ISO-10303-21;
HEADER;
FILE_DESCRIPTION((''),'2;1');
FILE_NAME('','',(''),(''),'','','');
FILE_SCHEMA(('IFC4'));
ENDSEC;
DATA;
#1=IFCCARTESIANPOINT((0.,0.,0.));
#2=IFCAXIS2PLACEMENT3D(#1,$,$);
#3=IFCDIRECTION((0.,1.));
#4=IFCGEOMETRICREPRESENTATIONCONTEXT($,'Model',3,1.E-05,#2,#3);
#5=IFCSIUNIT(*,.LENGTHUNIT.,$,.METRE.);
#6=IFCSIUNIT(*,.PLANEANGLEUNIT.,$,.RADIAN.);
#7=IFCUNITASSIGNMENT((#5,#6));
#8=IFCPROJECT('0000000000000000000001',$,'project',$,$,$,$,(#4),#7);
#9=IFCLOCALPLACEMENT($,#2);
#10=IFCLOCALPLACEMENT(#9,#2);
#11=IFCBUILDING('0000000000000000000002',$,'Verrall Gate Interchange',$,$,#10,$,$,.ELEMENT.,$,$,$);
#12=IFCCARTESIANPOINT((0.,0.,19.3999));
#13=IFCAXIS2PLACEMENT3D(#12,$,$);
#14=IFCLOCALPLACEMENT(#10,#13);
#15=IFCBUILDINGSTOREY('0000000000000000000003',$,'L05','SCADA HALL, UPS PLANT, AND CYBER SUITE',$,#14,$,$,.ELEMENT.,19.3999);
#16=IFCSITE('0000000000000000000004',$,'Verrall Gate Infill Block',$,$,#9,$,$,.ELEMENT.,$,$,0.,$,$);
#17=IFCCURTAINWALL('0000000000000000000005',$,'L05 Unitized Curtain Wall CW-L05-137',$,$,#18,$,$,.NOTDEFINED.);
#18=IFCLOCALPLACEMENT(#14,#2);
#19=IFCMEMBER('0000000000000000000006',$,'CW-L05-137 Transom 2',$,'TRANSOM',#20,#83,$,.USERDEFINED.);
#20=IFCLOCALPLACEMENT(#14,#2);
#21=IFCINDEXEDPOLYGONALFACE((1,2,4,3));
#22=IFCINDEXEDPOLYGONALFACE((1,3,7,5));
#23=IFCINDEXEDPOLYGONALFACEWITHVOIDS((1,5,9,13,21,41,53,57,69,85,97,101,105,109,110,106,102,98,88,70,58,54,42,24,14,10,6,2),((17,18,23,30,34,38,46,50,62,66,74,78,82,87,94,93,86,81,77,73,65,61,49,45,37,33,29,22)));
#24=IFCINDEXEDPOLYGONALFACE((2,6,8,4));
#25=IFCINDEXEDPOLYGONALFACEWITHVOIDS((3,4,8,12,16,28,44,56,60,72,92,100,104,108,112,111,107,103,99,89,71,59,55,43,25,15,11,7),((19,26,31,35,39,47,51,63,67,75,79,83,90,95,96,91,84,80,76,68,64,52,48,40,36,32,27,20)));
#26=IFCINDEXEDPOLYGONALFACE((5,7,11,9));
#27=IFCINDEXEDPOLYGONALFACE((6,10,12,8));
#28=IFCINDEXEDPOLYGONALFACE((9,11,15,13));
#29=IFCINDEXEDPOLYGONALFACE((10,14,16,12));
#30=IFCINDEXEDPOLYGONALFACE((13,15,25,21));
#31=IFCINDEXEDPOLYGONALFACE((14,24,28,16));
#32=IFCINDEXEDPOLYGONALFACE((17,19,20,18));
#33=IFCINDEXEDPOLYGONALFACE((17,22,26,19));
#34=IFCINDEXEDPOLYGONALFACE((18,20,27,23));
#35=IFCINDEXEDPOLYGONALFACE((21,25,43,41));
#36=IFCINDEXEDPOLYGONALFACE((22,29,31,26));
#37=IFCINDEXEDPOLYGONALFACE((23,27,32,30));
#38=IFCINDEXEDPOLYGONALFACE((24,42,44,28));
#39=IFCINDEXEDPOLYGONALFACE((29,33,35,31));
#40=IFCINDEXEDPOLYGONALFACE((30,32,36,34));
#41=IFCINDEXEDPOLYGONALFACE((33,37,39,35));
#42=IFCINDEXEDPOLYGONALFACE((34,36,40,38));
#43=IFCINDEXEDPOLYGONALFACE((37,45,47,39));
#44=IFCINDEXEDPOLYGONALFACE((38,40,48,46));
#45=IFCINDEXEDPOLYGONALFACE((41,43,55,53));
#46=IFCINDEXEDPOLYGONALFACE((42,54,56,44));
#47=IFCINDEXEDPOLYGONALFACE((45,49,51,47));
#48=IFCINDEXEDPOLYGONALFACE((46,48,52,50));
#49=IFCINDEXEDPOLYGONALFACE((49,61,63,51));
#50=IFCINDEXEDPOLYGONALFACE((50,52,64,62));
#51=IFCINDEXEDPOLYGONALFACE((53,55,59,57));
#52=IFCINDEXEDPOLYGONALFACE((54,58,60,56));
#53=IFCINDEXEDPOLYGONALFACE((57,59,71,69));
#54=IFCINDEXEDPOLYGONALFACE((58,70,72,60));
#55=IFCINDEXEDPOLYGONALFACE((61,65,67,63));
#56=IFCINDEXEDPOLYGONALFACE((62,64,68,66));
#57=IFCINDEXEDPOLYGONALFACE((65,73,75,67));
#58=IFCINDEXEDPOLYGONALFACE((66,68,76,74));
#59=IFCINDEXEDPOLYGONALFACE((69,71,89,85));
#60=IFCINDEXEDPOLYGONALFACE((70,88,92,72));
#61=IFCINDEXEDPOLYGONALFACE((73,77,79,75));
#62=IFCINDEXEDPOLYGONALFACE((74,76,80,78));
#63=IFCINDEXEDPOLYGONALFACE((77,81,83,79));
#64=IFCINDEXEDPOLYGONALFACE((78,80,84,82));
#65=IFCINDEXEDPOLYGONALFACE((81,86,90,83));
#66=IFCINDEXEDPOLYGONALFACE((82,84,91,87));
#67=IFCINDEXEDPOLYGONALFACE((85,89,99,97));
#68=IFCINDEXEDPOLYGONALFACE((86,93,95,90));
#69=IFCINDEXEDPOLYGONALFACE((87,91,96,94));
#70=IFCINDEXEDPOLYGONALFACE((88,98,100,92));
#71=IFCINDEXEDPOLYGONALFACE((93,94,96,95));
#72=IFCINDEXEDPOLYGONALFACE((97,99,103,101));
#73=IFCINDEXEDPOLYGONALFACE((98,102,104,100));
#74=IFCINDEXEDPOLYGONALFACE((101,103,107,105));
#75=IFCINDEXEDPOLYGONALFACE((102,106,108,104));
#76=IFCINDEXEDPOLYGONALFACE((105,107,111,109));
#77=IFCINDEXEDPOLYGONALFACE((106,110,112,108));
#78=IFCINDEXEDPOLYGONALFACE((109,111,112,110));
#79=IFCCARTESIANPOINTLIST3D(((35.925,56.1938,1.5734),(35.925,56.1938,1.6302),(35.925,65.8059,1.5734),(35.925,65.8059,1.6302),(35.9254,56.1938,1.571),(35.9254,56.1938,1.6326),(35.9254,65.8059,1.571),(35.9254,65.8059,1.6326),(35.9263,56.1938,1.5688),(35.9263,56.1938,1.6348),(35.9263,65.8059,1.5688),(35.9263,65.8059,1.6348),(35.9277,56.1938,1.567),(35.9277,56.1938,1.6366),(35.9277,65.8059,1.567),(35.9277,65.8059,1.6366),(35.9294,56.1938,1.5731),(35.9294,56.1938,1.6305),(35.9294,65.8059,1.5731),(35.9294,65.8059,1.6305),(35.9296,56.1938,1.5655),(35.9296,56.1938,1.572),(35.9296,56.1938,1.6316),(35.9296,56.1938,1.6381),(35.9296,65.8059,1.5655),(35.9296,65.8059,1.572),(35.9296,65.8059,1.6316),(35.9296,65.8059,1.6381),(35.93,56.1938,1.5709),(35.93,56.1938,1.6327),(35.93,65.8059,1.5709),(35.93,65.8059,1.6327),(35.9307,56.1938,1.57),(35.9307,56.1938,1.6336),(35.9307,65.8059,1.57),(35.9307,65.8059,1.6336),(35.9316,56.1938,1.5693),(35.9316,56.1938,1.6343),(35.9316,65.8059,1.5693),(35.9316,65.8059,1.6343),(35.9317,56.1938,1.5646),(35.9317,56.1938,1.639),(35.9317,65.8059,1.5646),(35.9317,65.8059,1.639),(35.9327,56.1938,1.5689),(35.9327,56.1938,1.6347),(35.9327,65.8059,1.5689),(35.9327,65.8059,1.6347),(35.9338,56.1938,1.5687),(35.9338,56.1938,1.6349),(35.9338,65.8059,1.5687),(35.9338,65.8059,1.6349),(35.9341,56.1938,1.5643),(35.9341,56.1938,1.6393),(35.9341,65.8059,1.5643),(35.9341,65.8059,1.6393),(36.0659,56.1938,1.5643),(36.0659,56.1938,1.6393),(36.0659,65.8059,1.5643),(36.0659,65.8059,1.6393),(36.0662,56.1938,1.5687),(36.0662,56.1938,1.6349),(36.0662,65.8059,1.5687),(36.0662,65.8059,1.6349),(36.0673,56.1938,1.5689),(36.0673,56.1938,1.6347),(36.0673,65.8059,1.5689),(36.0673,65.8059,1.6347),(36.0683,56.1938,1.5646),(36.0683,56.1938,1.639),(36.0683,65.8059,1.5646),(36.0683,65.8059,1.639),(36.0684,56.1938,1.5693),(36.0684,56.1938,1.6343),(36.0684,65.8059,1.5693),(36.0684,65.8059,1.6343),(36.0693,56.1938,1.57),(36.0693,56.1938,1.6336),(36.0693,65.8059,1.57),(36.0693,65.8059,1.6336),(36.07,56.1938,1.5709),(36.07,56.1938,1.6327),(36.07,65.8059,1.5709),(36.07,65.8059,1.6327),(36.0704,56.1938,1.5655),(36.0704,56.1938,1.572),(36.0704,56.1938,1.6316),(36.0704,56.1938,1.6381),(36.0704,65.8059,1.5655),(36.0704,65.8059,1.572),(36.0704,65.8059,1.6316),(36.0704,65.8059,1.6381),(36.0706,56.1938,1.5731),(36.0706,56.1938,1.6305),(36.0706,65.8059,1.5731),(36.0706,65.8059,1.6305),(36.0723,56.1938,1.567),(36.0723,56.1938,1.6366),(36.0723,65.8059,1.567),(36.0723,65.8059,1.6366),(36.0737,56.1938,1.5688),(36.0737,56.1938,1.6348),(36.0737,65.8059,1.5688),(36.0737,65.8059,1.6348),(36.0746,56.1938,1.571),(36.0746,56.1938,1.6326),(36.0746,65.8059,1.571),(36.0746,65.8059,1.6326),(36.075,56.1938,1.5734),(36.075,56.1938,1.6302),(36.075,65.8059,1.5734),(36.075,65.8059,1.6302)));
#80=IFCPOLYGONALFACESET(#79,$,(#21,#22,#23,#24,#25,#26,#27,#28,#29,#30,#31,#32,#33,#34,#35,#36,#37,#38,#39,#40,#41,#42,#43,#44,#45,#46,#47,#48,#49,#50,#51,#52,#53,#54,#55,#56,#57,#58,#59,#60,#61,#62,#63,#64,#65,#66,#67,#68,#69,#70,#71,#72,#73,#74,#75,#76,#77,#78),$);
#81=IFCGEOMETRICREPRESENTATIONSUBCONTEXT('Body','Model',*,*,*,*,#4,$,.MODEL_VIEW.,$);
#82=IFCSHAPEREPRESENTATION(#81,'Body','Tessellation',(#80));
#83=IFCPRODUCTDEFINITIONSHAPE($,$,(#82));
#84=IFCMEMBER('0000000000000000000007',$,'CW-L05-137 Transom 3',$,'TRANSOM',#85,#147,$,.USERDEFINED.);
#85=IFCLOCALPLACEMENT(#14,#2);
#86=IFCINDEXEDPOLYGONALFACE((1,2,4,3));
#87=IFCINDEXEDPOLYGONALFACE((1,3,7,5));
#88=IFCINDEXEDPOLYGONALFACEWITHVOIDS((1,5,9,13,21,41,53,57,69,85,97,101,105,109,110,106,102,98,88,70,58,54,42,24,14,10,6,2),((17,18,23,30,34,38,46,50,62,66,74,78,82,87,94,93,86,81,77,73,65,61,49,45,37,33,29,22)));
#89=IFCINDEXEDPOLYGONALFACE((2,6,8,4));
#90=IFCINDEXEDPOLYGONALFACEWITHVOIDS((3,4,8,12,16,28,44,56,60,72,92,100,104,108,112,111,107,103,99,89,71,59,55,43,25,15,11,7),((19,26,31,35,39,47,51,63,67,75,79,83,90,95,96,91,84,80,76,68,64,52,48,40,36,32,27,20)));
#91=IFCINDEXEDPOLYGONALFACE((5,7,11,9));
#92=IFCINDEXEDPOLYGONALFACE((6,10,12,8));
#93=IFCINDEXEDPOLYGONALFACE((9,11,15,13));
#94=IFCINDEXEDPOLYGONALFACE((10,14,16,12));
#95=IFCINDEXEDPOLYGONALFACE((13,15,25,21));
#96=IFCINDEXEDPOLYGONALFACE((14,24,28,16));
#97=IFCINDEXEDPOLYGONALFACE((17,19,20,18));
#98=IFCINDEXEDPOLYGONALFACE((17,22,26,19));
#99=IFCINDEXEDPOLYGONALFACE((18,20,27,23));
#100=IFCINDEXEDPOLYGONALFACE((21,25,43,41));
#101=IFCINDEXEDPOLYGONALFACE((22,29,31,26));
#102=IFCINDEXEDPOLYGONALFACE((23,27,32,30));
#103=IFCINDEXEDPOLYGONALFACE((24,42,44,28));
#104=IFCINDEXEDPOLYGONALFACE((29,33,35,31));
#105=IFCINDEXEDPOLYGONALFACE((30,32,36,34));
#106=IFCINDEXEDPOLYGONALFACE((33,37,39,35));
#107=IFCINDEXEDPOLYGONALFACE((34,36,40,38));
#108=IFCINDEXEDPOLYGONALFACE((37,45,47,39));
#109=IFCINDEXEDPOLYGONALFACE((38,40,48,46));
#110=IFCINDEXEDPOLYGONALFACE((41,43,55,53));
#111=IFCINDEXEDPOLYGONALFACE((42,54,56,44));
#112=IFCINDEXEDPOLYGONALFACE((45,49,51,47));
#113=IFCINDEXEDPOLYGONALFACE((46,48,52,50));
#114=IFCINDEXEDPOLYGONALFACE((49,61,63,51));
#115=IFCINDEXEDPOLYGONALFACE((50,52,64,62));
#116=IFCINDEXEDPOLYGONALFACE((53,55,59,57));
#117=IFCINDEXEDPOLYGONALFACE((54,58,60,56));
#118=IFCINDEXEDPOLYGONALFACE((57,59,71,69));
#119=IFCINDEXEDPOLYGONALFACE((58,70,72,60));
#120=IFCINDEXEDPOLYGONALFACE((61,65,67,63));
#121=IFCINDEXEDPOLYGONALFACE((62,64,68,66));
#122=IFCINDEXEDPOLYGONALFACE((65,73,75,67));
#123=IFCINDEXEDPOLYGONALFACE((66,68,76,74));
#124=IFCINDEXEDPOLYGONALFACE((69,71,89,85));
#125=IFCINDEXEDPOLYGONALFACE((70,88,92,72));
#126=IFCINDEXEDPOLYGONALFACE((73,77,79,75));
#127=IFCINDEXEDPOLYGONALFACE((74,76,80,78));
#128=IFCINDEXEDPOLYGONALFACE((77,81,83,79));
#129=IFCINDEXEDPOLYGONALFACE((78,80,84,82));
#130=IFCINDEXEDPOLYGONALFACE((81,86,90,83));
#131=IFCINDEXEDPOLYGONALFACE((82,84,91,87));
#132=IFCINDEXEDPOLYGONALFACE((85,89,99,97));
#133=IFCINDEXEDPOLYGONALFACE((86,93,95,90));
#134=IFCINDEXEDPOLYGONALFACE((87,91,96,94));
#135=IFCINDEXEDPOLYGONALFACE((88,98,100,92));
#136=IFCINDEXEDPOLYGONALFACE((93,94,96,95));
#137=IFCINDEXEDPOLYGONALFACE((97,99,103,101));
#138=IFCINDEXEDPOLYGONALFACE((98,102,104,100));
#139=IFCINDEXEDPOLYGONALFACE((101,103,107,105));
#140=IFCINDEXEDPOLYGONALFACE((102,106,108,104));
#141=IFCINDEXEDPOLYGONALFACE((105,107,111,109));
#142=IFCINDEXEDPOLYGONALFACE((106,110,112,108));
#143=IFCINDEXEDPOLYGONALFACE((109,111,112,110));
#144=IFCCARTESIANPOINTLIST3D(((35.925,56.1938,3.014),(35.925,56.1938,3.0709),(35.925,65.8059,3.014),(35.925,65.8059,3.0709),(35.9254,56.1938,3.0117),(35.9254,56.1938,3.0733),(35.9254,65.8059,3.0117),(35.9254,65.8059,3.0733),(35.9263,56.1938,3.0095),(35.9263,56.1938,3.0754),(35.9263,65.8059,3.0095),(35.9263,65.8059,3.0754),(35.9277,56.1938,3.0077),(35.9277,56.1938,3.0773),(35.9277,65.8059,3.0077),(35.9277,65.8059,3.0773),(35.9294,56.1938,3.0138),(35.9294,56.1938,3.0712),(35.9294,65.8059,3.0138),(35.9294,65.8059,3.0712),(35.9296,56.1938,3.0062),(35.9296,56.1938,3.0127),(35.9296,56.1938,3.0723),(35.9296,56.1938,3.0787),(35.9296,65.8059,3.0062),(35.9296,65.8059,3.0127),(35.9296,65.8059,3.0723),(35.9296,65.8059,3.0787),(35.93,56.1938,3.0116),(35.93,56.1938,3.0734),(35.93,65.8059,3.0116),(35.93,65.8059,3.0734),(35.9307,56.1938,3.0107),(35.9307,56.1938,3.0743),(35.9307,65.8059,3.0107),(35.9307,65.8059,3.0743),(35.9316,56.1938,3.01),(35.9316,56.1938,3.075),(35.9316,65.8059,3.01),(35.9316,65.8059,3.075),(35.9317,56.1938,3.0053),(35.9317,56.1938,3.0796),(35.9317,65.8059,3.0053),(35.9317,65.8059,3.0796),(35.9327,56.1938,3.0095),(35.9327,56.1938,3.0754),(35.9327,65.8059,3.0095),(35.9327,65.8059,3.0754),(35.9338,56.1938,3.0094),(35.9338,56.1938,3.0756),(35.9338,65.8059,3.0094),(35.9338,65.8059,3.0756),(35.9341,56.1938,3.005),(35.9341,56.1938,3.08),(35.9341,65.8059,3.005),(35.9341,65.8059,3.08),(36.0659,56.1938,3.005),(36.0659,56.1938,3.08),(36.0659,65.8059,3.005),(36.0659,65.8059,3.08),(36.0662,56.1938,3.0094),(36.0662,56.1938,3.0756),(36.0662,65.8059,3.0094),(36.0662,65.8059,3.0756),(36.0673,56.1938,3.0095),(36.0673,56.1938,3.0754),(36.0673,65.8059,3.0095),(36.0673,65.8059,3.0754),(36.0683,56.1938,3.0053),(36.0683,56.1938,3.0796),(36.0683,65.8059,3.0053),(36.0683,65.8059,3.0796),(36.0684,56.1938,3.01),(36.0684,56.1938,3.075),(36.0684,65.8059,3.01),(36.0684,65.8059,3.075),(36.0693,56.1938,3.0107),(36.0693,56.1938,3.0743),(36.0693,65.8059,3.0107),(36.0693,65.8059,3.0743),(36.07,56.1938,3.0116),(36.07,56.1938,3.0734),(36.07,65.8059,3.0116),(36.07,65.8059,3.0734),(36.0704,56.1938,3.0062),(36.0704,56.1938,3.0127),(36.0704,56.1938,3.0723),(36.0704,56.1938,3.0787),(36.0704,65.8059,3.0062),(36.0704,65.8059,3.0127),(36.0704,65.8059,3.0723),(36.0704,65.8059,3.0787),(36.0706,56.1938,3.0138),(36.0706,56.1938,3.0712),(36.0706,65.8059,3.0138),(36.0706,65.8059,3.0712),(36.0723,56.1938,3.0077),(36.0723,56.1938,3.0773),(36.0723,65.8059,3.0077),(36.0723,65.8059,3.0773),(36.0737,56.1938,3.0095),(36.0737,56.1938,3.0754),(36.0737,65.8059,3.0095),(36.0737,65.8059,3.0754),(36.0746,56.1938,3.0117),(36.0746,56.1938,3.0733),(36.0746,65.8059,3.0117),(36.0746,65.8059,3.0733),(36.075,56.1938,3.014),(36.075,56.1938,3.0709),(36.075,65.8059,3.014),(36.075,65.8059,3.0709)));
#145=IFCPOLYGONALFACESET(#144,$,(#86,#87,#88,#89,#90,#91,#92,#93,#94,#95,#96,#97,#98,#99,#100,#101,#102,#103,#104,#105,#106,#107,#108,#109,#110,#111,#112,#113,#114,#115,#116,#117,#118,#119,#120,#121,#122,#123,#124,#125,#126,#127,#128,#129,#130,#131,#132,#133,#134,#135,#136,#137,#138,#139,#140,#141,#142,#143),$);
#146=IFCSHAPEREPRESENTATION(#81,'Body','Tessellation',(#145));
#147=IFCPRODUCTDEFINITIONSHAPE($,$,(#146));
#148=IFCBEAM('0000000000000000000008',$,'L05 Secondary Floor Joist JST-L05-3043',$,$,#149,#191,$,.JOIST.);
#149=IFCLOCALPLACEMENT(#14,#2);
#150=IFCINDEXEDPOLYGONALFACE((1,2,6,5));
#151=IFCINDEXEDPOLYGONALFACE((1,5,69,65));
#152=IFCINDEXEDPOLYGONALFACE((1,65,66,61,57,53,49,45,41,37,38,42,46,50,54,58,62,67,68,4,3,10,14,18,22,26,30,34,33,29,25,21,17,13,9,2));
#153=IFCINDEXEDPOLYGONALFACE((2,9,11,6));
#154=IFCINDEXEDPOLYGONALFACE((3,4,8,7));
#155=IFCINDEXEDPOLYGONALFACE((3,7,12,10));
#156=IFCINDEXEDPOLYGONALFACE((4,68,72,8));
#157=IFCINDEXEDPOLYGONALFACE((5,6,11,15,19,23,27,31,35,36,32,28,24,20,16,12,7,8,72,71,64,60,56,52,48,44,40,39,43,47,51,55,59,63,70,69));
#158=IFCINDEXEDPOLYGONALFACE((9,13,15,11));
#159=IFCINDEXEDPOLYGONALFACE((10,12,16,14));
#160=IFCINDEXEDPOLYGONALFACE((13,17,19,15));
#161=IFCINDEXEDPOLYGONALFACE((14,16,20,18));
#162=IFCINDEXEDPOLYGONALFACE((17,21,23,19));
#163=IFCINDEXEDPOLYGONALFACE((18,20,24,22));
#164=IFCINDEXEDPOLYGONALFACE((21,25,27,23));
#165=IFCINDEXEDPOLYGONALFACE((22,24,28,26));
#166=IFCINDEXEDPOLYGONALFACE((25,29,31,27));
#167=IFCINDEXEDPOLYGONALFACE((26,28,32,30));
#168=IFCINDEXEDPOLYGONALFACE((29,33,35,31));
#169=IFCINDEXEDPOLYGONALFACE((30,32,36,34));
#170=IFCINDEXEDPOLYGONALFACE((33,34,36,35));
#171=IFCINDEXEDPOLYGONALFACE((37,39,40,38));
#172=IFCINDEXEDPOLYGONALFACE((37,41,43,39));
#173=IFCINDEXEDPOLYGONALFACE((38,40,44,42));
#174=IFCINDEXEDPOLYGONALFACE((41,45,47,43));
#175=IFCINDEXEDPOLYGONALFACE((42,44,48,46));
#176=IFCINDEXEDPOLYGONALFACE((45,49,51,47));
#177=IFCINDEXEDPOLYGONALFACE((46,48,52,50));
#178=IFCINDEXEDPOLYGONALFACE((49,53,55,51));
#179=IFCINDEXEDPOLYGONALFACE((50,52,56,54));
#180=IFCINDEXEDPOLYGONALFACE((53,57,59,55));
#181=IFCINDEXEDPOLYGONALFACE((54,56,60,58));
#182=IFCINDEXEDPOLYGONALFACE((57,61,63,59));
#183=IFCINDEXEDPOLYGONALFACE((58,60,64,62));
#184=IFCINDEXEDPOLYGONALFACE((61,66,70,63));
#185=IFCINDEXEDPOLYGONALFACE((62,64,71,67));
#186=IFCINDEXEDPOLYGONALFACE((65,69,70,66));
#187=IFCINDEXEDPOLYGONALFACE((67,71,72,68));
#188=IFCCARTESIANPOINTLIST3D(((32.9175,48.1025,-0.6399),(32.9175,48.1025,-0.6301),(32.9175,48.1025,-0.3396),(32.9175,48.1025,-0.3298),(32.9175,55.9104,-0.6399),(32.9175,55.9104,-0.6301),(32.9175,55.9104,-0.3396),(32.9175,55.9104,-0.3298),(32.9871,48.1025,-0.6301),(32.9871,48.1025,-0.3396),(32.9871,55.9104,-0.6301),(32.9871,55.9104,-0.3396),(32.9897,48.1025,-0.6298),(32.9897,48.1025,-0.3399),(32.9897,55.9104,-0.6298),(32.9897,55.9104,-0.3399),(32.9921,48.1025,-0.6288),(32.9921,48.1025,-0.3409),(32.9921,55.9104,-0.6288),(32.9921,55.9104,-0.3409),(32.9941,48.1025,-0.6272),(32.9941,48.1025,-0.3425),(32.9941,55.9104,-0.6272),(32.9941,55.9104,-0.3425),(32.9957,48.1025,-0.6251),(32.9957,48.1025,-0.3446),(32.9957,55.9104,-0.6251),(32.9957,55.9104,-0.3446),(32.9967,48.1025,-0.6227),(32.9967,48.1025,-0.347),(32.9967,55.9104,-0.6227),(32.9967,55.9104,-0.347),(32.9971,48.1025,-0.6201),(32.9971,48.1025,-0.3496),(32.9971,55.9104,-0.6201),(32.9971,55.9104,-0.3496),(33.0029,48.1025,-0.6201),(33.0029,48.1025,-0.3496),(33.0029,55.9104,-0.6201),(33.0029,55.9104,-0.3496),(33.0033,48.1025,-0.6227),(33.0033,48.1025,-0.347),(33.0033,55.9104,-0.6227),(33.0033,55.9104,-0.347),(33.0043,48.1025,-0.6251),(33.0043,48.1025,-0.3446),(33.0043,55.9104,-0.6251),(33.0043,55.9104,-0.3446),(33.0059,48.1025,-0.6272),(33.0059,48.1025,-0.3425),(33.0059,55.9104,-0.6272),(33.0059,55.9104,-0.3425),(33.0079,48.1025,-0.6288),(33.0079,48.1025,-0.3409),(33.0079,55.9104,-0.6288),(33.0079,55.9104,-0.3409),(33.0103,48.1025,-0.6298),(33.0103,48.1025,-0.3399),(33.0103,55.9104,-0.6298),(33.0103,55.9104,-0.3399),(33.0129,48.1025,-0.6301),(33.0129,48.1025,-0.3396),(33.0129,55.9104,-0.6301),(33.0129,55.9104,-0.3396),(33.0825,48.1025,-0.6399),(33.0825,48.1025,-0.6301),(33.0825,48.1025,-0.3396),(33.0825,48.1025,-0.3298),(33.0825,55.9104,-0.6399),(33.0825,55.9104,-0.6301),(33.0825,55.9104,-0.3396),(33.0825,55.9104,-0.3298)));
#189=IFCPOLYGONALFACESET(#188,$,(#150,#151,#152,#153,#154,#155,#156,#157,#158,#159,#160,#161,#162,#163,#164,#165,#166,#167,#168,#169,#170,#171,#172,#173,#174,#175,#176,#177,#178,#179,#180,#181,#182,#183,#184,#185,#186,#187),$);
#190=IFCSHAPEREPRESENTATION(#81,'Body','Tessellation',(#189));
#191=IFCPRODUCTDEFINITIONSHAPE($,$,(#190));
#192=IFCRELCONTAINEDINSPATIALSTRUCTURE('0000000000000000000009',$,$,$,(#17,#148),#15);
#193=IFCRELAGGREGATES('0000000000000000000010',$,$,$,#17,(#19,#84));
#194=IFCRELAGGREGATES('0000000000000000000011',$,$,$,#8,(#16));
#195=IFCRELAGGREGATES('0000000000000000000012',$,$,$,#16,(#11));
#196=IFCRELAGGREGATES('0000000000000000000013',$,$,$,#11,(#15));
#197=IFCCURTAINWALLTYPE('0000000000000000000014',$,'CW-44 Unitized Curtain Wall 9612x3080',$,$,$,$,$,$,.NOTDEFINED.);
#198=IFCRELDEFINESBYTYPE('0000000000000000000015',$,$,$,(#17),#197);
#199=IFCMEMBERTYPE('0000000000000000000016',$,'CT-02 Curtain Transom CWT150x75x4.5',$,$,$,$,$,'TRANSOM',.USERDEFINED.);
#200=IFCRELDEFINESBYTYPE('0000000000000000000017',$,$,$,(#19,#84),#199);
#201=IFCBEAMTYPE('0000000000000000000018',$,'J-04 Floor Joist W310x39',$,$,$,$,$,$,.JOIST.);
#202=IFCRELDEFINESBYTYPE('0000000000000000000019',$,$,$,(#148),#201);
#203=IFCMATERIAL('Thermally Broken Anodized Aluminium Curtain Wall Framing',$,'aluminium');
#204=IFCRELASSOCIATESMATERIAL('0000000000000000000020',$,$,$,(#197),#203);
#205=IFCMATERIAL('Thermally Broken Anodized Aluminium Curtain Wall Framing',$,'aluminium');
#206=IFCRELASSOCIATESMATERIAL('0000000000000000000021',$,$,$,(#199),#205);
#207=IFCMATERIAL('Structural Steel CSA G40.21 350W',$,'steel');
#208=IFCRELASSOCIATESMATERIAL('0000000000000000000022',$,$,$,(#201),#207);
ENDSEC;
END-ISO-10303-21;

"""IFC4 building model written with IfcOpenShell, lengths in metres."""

from ifc_helpers import new_model, si_unit, direction, frame, origin, origin_2d, place, context, subcontext, project, spatial, hollow_rectangle, i_section, extrude, material, material_profile, profile_set, type_object, element, aggregate, save


model = new_model("IFC4")

# Units and contexts
model_context = context("Model", 3, precision=1e-05, world=origin(), true_north=direction((0.0, 1.0)))
body_context = subcontext(model_context, "Body", "Model", "MODEL_VIEW")
ifc_project = project(units=[si_unit("LENGTHUNIT", "METRE"), si_unit("PLANEANGLEUNIT", "RADIAN")], contexts=[model_context])

# Site, building, storey
site_placement = place(None, origin())
site = spatial("IfcSite", under=ifc_project, at=site_placement, Name="Verrall Gate Infill Block", CompositionType="ELEMENT", RefElevation=0.0)
building_placement = place(site_placement, origin())
building = spatial("IfcBuilding", under=site, at=building_placement, Name="Verrall Gate Interchange", CompositionType="ELEMENT")
storey_placement = place(building_placement, frame((0.0, 0.0, 19.3999)))
storey = spatial("IfcBuildingStorey", under=building, at=storey_placement, Name="L05", Description="SCADA HALL, UPS PLANT, AND CYBER SUITE", CompositionType="ELEMENT", Elevation=19.3999)

# Curtain wall, members
ifc_material_1 = material(Name="Thermally Broken Anodized Aluminium Curtain Wall Framing", Category="aluminium")
curtain_wall_type = type_object("IfcCurtainWallType", Name="CW-44 Unitized Curtain Wall 9612x3080", PredefinedType="NOTDEFINED", material=ifc_material_1)
curtain_wall_placement = place(storey_placement, origin())
curtain_wall = element("IfcCurtainWall", 1, at=curtain_wall_placement, inside=storey, type_object=curtain_wall_type, Name="L05 Unitized Curtain Wall CW-L05-137", PredefinedType="NOTDEFINED")
ifc_material_2 = material(Name="Thermally Broken Anodized Aluminium Curtain Wall Framing", Category="aluminium")
ifc_material_profile_1 = material_profile(ifc_material_2, hollow_rectangle(XDim=0.1499, YDim=0.075, WallThickness=0.0044, InnerFilletRadius=0.0044, OuterFilletRadius=0.009, at=origin_2d()), Name="CWT150x75x4.5")
ifc_profile_set_1 = profile_set([ifc_material_profile_1], Name="Thermally Broken Anodized Aluminium Curtain Wall Framing")
member_type_1 = type_object("IfcMemberType", Name="CT-02 Curtain Transom CWT150x75x4.5", ElementType="TRANSOM", PredefinedType="USERDEFINED", material=ifc_profile_set_1)
member_1_placement = place(storey_placement, frame((36.0, 56.1938, 1.6018), z_axis=(0.0, 1.0, 0.0), x_axis=(-1.0, 0.0, 0.0)))
member_1 = element("IfcMember", 2, at=member_1_placement, type_object=member_type_1, Name="CW-L05-137 Transom 2", ObjectType="TRANSOM", PredefinedType="USERDEFINED", context=body_context, shape_type="SweptSolid", body=[
    extrude(hollow_rectangle(XDim=0.1499, YDim=0.075, WallThickness=0.0044, InnerFilletRadius=0.0044, OuterFilletRadius=0.009, at=origin_2d()), origin(), (0.0, 0.0, 1.0), 9.6121),
])
member_2_placement = place(storey_placement, frame((36.0, 56.1938, 3.0425), z_axis=(0.0, 1.0, 0.0), x_axis=(-1.0, 0.0, 0.0)))
member_2 = element("IfcMember", 3, at=member_2_placement, type_object=member_type_1, Name="CW-L05-137 Transom 3", ObjectType="TRANSOM", PredefinedType="USERDEFINED", context=body_context, shape_type="SweptSolid", body=[
    extrude(hollow_rectangle(XDim=0.1499, YDim=0.075, WallThickness=0.0044, InnerFilletRadius=0.0044, OuterFilletRadius=0.009, at=origin_2d()), origin(), (0.0, 0.0, 1.0), 9.6121),
])

# Beam
ifc_material_3 = material(Name="Structural Steel CSA G40.21 350W", Category="steel")
ifc_material_profile_2 = material_profile(ifc_material_3, i_section(OverallWidth=0.165, OverallDepth=0.3101, WebThickness=0.0059, FlangeThickness=0.0098, FilletRadius=0.01, at=origin_2d()), Name="W310x39")
ifc_profile_set_2 = profile_set([ifc_material_profile_2], Name="Structural Steel CSA G40.21 350W")
beam_type_1 = type_object("IfcBeamType", Name="J-04 Floor Joist W310x39", PredefinedType="JOIST", material=ifc_profile_set_2)
beam_1_placement = place(storey_placement, frame((33.0, 48.1025, -0.4849), z_axis=(0.0, 1.0, 0.0), x_axis=(-1.0, 0.0, 0.0)))
element("IfcBeam", 4, at=beam_1_placement, inside=storey, type_object=beam_type_1, Name="L05 Secondary Floor Joist JST-L05-3043", PredefinedType="JOIST", context=body_context, shape_type="SweptSolid", body=[
    extrude(i_section(OverallWidth=0.165, OverallDepth=0.3101, WebThickness=0.0059, FlangeThickness=0.0098, FilletRadius=0.01, at=origin_2d()), origin(), (0.0, 0.0, 1.0), 7.8079),
])

aggregate(curtain_wall, [member_1, member_2])

save(model, "model.ifc")
